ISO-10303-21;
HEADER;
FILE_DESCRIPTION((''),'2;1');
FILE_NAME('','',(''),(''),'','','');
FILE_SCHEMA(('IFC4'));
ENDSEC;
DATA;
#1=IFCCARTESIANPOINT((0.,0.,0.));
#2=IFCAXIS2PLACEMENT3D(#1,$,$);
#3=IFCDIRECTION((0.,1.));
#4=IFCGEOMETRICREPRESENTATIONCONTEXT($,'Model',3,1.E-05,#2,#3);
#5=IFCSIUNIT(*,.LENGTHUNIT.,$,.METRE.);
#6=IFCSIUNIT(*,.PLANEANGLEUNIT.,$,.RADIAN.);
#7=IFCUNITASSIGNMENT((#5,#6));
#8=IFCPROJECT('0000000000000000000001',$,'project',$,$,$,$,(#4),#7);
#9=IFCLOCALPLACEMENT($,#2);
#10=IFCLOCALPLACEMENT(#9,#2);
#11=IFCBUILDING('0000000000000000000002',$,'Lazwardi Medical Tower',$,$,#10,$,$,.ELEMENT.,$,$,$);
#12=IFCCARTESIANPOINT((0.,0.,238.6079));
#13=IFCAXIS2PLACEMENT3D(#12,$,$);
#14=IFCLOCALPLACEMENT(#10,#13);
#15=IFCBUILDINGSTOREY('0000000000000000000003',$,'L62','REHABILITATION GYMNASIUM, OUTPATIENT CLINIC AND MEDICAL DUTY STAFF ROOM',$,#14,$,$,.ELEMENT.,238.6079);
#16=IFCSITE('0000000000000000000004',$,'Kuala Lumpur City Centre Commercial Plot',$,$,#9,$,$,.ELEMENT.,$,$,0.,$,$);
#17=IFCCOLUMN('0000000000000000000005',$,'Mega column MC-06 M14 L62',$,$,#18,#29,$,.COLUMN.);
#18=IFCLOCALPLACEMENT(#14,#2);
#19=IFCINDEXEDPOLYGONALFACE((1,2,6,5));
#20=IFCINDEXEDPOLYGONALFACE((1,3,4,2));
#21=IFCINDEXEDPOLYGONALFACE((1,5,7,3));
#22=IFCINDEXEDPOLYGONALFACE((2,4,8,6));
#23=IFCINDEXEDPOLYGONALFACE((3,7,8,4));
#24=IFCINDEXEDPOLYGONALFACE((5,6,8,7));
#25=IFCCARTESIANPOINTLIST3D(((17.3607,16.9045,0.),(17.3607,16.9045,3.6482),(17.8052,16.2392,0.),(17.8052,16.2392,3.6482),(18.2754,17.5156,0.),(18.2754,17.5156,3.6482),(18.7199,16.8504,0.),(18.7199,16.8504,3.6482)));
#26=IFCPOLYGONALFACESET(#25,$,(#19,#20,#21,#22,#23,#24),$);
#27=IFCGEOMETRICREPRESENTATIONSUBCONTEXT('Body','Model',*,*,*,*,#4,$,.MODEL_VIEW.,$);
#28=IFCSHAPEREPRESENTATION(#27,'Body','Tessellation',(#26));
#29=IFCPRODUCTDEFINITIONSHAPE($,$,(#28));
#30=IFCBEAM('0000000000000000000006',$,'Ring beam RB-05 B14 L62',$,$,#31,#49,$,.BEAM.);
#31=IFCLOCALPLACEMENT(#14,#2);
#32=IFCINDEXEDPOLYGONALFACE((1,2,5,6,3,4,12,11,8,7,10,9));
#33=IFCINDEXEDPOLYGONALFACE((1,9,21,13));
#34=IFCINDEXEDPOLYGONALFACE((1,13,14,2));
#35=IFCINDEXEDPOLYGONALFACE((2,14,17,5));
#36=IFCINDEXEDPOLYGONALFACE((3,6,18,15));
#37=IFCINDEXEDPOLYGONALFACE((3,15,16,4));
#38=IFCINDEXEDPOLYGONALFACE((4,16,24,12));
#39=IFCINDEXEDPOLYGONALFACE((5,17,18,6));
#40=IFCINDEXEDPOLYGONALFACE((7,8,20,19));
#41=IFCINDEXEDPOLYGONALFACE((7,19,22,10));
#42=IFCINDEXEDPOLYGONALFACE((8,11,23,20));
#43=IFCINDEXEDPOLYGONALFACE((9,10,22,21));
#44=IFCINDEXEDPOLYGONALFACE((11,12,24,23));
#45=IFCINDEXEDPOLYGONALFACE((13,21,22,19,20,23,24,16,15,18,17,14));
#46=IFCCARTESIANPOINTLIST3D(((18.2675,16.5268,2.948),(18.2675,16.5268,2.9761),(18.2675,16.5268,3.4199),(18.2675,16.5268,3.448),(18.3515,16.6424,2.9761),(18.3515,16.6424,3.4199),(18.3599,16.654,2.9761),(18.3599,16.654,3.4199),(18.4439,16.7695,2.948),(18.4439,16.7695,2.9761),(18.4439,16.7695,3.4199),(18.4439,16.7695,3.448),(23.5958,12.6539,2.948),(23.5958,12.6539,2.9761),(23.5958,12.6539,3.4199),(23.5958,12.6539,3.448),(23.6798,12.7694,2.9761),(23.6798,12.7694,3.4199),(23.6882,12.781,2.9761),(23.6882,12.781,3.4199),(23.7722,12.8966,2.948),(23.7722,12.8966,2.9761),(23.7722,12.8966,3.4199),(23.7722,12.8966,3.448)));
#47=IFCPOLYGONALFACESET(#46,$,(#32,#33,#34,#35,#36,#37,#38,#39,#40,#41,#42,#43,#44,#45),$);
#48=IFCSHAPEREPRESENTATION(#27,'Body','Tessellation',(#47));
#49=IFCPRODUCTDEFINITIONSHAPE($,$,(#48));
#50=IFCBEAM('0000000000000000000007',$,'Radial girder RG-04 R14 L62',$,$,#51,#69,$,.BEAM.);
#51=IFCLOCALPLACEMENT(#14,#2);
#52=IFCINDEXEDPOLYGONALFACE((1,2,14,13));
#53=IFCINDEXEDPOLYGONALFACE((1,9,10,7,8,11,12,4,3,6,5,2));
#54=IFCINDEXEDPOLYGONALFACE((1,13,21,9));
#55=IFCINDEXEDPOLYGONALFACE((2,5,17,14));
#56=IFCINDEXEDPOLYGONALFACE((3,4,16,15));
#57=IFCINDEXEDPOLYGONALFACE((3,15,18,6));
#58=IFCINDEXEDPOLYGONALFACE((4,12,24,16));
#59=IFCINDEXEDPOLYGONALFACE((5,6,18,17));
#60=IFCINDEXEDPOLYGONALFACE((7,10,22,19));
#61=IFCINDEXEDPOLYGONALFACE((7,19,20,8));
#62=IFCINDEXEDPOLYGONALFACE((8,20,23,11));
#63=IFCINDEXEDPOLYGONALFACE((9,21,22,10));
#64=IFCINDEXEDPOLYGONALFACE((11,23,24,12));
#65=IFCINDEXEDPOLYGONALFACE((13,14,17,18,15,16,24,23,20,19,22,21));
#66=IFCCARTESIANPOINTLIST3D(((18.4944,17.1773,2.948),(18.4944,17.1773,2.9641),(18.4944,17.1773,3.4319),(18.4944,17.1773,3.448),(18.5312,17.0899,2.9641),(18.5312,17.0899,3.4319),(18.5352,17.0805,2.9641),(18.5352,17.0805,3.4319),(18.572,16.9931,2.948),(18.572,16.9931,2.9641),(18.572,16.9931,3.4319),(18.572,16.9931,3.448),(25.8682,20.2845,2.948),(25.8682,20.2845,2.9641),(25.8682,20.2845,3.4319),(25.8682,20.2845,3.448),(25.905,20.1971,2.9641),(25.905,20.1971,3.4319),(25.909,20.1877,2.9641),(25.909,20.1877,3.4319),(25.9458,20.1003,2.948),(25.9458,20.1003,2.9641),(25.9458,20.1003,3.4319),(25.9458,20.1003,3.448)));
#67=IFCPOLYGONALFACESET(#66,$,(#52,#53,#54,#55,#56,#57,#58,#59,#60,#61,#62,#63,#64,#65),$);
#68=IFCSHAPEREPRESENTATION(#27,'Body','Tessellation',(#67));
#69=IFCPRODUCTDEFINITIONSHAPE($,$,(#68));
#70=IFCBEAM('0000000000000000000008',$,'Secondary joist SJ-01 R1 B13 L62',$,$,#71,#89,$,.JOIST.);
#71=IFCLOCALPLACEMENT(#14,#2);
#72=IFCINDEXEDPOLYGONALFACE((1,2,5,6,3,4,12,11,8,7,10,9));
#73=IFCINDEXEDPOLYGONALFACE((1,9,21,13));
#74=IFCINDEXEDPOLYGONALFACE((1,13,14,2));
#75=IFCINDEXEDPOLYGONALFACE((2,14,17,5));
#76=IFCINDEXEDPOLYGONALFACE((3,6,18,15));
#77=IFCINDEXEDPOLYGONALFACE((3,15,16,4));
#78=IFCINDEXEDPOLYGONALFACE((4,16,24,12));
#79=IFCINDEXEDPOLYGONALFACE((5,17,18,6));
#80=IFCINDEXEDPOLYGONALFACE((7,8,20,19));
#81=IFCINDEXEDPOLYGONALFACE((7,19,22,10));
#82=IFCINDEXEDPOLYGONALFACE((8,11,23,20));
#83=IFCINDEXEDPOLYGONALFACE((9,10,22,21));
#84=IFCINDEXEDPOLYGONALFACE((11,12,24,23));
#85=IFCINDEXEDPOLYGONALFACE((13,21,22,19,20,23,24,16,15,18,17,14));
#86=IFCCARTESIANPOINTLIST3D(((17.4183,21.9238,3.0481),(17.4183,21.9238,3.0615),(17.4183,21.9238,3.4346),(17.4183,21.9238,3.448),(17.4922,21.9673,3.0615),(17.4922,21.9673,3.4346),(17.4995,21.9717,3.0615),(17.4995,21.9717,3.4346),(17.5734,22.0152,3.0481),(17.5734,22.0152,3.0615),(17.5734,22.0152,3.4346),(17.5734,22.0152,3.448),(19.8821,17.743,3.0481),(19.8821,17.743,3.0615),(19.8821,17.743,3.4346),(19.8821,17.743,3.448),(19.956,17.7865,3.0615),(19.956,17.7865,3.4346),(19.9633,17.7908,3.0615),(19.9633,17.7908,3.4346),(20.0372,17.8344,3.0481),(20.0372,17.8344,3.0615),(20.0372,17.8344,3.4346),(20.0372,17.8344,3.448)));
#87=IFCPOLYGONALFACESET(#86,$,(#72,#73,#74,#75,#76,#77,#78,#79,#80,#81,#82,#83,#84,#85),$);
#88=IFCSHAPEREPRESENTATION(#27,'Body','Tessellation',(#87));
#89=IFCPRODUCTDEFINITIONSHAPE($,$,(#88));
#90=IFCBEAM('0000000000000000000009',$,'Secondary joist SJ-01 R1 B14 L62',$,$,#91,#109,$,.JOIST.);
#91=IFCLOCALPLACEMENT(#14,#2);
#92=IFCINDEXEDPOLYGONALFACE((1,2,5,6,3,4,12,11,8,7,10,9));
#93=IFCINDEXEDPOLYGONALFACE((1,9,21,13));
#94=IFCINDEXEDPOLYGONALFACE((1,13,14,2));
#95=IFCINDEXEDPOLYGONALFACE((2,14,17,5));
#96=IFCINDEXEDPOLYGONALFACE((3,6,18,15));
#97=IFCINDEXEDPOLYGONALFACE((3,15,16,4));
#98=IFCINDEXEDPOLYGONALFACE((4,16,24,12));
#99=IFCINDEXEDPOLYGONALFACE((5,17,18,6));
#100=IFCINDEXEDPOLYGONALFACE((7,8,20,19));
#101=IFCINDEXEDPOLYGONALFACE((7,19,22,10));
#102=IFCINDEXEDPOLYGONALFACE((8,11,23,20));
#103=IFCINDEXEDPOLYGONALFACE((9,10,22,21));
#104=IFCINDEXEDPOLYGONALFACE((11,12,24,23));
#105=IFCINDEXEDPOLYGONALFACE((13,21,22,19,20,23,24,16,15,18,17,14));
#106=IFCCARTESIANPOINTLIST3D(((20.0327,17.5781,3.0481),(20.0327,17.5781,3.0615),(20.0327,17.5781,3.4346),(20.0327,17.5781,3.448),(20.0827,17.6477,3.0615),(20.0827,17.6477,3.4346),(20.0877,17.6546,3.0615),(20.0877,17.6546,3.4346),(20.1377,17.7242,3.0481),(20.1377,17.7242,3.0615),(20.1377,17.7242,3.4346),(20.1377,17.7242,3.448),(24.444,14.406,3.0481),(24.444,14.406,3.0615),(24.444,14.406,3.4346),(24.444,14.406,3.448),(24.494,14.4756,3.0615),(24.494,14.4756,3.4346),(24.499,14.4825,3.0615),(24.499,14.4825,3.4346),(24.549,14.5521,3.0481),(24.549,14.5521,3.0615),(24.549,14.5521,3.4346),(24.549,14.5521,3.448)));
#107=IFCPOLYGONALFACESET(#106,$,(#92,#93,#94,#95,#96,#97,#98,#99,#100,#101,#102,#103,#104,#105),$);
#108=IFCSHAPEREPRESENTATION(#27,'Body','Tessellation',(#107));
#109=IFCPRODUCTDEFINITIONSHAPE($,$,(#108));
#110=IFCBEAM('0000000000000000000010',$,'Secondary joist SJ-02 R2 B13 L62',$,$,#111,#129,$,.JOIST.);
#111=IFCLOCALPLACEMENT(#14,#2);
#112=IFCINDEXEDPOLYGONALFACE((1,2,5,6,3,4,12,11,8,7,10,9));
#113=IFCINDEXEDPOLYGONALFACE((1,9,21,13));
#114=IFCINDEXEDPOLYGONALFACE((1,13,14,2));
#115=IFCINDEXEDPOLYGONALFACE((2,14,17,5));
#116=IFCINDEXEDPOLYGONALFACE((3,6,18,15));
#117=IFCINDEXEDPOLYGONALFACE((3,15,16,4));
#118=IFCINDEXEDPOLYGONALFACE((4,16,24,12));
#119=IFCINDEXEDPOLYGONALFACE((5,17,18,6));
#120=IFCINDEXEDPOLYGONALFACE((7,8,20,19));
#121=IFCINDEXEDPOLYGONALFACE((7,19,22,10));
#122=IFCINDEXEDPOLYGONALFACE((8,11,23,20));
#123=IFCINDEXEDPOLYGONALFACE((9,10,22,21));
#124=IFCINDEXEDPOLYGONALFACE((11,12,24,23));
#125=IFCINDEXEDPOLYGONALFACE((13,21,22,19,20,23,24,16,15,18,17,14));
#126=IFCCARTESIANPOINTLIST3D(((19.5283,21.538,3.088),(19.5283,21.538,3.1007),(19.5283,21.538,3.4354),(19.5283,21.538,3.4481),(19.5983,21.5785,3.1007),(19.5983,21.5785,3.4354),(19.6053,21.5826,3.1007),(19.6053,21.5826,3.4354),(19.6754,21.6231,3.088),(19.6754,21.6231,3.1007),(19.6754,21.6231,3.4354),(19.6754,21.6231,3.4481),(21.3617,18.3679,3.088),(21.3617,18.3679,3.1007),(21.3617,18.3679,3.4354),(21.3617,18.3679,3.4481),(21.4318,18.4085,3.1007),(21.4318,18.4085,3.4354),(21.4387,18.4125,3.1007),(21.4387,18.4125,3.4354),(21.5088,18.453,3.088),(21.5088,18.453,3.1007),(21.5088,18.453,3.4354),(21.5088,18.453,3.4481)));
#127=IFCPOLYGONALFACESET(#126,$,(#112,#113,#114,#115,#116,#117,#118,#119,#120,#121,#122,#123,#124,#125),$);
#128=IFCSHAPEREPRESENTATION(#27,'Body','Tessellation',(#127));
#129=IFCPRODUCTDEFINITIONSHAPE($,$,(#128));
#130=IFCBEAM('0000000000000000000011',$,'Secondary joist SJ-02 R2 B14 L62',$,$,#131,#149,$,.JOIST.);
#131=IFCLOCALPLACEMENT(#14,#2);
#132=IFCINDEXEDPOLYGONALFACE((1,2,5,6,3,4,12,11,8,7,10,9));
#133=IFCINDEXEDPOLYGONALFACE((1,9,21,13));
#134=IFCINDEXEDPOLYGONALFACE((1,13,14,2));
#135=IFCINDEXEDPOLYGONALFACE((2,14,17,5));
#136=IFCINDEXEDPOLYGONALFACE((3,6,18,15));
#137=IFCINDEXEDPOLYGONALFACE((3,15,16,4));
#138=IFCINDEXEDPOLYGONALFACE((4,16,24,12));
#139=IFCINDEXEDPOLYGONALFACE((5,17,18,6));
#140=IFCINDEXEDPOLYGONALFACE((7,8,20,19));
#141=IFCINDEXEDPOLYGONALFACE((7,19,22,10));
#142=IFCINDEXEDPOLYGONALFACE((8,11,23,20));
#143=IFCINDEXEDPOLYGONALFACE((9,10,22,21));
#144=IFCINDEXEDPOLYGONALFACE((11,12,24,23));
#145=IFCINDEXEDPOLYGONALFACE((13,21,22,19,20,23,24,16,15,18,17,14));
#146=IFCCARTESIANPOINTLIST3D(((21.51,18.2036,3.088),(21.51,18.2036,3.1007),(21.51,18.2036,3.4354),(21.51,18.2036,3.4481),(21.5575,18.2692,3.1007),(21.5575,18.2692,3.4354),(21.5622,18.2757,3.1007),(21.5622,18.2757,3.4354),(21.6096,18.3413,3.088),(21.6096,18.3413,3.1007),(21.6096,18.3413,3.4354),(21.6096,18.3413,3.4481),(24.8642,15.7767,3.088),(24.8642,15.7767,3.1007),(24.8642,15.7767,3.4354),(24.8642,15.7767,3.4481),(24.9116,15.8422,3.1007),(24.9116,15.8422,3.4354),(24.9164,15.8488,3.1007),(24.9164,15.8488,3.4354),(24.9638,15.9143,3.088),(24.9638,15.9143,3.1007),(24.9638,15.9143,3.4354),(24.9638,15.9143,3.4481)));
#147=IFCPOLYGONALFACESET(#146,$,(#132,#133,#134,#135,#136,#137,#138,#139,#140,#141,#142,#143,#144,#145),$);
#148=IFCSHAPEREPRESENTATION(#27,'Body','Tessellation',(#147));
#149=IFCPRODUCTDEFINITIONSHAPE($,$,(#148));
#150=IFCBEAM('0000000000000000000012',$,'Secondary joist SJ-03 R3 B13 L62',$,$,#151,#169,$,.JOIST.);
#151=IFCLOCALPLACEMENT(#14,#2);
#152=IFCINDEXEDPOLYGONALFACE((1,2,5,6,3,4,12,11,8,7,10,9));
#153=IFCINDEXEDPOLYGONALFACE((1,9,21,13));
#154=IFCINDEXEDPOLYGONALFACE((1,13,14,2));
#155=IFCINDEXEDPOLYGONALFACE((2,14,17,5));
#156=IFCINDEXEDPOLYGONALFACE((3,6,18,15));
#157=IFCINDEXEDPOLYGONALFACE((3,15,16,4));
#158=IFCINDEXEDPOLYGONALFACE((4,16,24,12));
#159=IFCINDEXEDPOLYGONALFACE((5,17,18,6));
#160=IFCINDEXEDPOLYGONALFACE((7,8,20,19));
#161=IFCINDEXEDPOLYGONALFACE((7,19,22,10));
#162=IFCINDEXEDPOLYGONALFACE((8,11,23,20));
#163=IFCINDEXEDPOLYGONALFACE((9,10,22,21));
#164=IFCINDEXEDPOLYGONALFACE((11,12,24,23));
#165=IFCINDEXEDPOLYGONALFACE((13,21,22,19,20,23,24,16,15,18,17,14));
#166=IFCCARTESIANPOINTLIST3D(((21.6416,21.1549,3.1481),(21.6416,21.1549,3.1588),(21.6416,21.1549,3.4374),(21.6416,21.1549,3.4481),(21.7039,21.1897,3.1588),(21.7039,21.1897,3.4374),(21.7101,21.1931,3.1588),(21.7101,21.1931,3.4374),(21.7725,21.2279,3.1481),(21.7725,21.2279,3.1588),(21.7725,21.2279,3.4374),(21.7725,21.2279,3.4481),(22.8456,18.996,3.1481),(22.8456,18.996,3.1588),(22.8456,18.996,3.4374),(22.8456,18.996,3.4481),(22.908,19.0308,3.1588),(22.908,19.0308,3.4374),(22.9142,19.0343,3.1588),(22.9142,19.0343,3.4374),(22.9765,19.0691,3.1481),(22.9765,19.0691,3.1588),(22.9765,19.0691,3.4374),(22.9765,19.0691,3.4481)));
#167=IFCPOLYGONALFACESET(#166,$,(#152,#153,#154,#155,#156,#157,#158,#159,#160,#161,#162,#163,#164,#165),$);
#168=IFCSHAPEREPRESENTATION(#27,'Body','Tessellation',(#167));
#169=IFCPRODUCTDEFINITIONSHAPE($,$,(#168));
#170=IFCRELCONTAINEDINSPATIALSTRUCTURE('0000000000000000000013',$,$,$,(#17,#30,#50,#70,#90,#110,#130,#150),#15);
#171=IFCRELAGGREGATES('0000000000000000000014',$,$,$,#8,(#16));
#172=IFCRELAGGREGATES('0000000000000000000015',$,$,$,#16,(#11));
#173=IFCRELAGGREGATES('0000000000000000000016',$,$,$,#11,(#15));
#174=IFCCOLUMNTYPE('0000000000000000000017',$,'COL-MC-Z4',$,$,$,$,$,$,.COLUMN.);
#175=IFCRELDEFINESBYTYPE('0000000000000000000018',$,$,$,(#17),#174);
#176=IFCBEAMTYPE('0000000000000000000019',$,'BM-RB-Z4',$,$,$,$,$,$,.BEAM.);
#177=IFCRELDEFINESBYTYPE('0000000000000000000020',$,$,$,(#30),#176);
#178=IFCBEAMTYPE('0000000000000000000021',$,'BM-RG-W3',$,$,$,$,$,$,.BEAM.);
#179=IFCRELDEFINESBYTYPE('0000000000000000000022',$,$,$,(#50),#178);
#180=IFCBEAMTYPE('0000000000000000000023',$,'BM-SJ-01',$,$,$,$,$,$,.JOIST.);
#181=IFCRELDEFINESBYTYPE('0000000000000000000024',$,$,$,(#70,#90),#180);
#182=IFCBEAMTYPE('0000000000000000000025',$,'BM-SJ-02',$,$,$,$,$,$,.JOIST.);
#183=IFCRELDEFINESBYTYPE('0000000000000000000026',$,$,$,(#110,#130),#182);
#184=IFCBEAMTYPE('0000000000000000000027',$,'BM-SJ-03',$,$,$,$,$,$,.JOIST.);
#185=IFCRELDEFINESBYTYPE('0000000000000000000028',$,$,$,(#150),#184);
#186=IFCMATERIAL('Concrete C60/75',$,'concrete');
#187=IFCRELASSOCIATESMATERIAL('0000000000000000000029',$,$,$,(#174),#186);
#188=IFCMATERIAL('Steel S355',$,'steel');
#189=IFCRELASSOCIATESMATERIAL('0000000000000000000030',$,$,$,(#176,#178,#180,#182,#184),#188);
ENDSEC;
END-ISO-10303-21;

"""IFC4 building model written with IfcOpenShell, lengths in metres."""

from ifc_helpers import new_model, si_unit, direction, frame, origin, origin_2d, place, context, subcontext, project, spatial, rectangle, i_section, extrude, material, material_profile, profile_set, type_object, element, save


model = new_model("IFC4")

# Units and contexts
model_context = context("Model", 3, precision=1e-05, world=origin(), true_north=direction((0.0, 1.0)))
body_context = subcontext(model_context, "Body", "Model", "MODEL_VIEW")
ifc_project = project(units=[si_unit("LENGTHUNIT", "METRE"), si_unit("PLANEANGLEUNIT", "RADIAN")], contexts=[model_context])

# Site, building, storey
site_placement = place(None, origin())
site = spatial("IfcSite", under=ifc_project, at=site_placement, Name="Kuala Lumpur City Centre Commercial Plot", CompositionType="ELEMENT", RefElevation=0.0)
building_placement = place(site_placement, origin())
building = spatial("IfcBuilding", under=site, at=building_placement, Name="Lazwardi Medical Tower", CompositionType="ELEMENT")
storey_placement = place(building_placement, frame((0.0, 0.0, 238.6079)))
storey = spatial("IfcBuildingStorey", under=building, at=storey_placement, Name="L62", Description="REHABILITATION GYMNASIUM, OUTPATIENT CLINIC AND MEDICAL DUTY STAFF ROOM", CompositionType="ELEMENT", Elevation=238.6079)

# Column
ifc_material_1 = material(Name="Concrete C60/75", Category="concrete")
ifc_material_profile_1 = material_profile(ifc_material_1, rectangle(XDim=1.1001, YDim=0.8, at=origin_2d()), Name="CFT-RECT 1100x800")
ifc_profile_set_1 = profile_set([ifc_material_profile_1], Name="Concrete C60/75")
column_type = type_object("IfcColumnType", Name="COL-MC-Z4", PredefinedType="COLUMN", material=ifc_profile_set_1)
column_placement = place(storey_placement, frame((18.0403, 16.8774, 0.0), z_axis=(0.0, 0.0, 1.0), x_axis=(-0.83147, -0.55557, 0.0)))
element("IfcColumn", 1, at=column_placement, inside=storey, type_object=column_type, Name="Mega column MC-06 M14 L62", PredefinedType="COLUMN", context=body_context, shape_type="SweptSolid", body=[
    extrude(rectangle(XDim=1.1001, YDim=0.8, at=origin_2d()), origin(), (0.0, 0.0, 1.0), 3.6482),
])

# Beams
ifc_material_2 = material(Name="Steel S355", Category="steel")
ifc_material_profile_2 = material_profile(ifc_material_2, i_section(OverallWidth=0.3, OverallDepth=0.5, WebThickness=0.0144, FlangeThickness=0.0281, at=origin_2d()), Name="HEB 500")
ifc_profile_set_2 = profile_set([ifc_material_profile_2], Name="Steel S355")
beam_type_1 = type_object("IfcBeamType", Name="BM-RB-Z4", PredefinedType="BEAM", material=ifc_profile_set_2)
beam_1_placement = place(storey_placement, frame((18.3557, 16.6482, 3.198), z_axis=(0.80889, -0.58796, 0.0), x_axis=(0.58796, 0.80889, 0.0)))
element("IfcBeam", 2, at=beam_1_placement, inside=storey, type_object=beam_type_1, Name="Ring beam RB-05 B14 L62", PredefinedType="BEAM", context=body_context, shape_type="SweptSolid", body=[
    extrude(i_section(OverallWidth=0.3, OverallDepth=0.5, WebThickness=0.0144, FlangeThickness=0.0281, at=origin_2d()), origin(), (0.0, 0.0, 1.0), 6.5872),
])
ifc_material_profile_3 = material_profile(ifc_material_2, i_section(OverallWidth=0.2, OverallDepth=0.5, WebThickness=0.0103, FlangeThickness=0.0161, at=origin_2d()), Name="IPE 500")
ifc_profile_set_3 = profile_set([ifc_material_profile_3], Name="Steel S355")
beam_type_2 = type_object("IfcBeamType", Name="BM-RG-W3", PredefinedType="BEAM", material=ifc_profile_set_3)
beam_2_placement = place(storey_placement, frame((18.5332, 17.0852, 3.198), z_axis=(0.921527, 0.388315, 0.0), x_axis=(-0.388315, 0.921527, 0.0)))
element("IfcBeam", 3, at=beam_2_placement, inside=storey, type_object=beam_type_2, Name="Radial girder RG-04 R14 L62", PredefinedType="BEAM", context=body_context, shape_type="SweptSolid", body=[
    extrude(i_section(OverallWidth=0.2, OverallDepth=0.5, WebThickness=0.0103, FlangeThickness=0.0161, at=origin_2d()), origin(), (0.0, 0.0, 1.0), 8.0017),
])
ifc_material_profile_4 = material_profile(ifc_material_2, i_section(OverallWidth=0.1799, OverallDepth=0.3999, WebThickness=0.0085, FlangeThickness=0.0134, at=origin_2d()), Name="IPE 400")
ifc_profile_set_4 = profile_set([ifc_material_profile_4], Name="Steel S355")
beam_type_3 = type_object("IfcBeamType", Name="BM-SJ-01", PredefinedType="JOIST", material=ifc_profile_set_4)
beam_3_placement = place(storey_placement, frame((17.4958, 21.9695, 3.248), z_axis=(0.50771, -0.861528, 0.0), x_axis=(0.861528, 0.50771, 0.0)))
element("IfcBeam", 4, at=beam_3_placement, inside=storey, type_object=beam_type_3, Name="Secondary joist SJ-01 R1 B13 L62", PredefinedType="JOIST", context=body_context, shape_type="SweptSolid", body=[
    extrude(i_section(OverallWidth=0.1799, OverallDepth=0.3999, WebThickness=0.0085, FlangeThickness=0.0134, at=origin_2d()), origin(), (0.0, 0.0, 1.0), 4.8528),
])
beam_4_placement = place(storey_placement, frame((20.0852, 17.6511, 3.248), z_axis=(0.81189, -0.583811, 0.0), x_axis=(0.583811, 0.81189, 0.0)))
element("IfcBeam", 5, at=beam_4_placement, inside=storey, type_object=beam_type_3, Name="Secondary joist SJ-01 R1 B14 L62", PredefinedType="JOIST", context=body_context, shape_type="SweptSolid", body=[
    extrude(i_section(OverallWidth=0.1799, OverallDepth=0.3999, WebThickness=0.0085, FlangeThickness=0.0134, at=origin_2d()), origin(), (0.0, 0.0, 1.0), 5.4333),
])
ifc_material_profile_5 = material_profile(ifc_material_2, i_section(OverallWidth=0.1699, OverallDepth=0.3601, WebThickness=0.0081, FlangeThickness=0.0127, at=origin_2d()), Name="IPE 360")
ifc_profile_set_5 = profile_set([ifc_material_profile_5], Name="Steel S355")
beam_type_4 = type_object("IfcBeamType", Name="BM-SJ-02", PredefinedType="JOIST", material=ifc_profile_set_5)
beam_5_placement = place(storey_placement, frame((19.6018, 21.5806, 3.2681), z_axis=(0.500655, -0.865647, 0.0), x_axis=(0.865647, 0.500655, 0.0)))
element("IfcBeam", 6, at=beam_5_placement, inside=storey, type_object=beam_type_4, Name="Secondary joist SJ-02 R2 B13 L62", PredefinedType="JOIST", context=body_context, shape_type="SweptSolid", body=[
    extrude(i_section(OverallWidth=0.1699, OverallDepth=0.3601, WebThickness=0.0081, FlangeThickness=0.0127, at=origin_2d()), origin(), (0.0, 0.0, 1.0), 3.6621),
])
beam_6_placement = place(storey_placement, frame((21.5598, 18.2725, 3.2681), z_axis=(0.810164, -0.586203, 0.0), x_axis=(0.586203, 0.810164, 0.0)))
element("IfcBeam", 7, at=beam_6_placement, inside=storey, type_object=beam_type_4, Name="Secondary joist SJ-02 R2 B14 L62", PredefinedType="JOIST", context=body_context, shape_type="SweptSolid", body=[
    extrude(i_section(OverallWidth=0.1699, OverallDepth=0.3601, WebThickness=0.0081, FlangeThickness=0.0127, at=origin_2d()), origin(), (0.0, 0.0, 1.0), 4.1401),
])
ifc_material_profile_6 = material_profile(ifc_material_2, i_section(OverallWidth=0.1499, OverallDepth=0.3, WebThickness=0.0071, FlangeThickness=0.0107, at=origin_2d()), Name="IPE 300")
ifc_profile_set_6 = profile_set([ifc_material_profile_6], Name="Steel S355")
beam_type_5 = type_object("IfcBeamType", Name="BM-SJ-03", PredefinedType="JOIST", material=ifc_profile_set_6)
beam_7_placement = place(storey_placement, frame((21.707, 21.1914, 3.2981), z_axis=(0.487093, -0.87335, 0.0), x_axis=(0.87335, 0.487093, 0.0)))
element("IfcBeam", 8, at=beam_7_placement, inside=storey, type_object=beam_type_5, Name="Secondary joist SJ-03 R3 B13 L62", PredefinedType="JOIST", context=body_context, shape_type="SweptSolid", body=[
    extrude(i_section(OverallWidth=0.1499, OverallDepth=0.3, WebThickness=0.0071, FlangeThickness=0.0107, at=origin_2d()), origin(), (0.0, 0.0, 1.0), 2.4719),
])

save(model, "model.ifc")
